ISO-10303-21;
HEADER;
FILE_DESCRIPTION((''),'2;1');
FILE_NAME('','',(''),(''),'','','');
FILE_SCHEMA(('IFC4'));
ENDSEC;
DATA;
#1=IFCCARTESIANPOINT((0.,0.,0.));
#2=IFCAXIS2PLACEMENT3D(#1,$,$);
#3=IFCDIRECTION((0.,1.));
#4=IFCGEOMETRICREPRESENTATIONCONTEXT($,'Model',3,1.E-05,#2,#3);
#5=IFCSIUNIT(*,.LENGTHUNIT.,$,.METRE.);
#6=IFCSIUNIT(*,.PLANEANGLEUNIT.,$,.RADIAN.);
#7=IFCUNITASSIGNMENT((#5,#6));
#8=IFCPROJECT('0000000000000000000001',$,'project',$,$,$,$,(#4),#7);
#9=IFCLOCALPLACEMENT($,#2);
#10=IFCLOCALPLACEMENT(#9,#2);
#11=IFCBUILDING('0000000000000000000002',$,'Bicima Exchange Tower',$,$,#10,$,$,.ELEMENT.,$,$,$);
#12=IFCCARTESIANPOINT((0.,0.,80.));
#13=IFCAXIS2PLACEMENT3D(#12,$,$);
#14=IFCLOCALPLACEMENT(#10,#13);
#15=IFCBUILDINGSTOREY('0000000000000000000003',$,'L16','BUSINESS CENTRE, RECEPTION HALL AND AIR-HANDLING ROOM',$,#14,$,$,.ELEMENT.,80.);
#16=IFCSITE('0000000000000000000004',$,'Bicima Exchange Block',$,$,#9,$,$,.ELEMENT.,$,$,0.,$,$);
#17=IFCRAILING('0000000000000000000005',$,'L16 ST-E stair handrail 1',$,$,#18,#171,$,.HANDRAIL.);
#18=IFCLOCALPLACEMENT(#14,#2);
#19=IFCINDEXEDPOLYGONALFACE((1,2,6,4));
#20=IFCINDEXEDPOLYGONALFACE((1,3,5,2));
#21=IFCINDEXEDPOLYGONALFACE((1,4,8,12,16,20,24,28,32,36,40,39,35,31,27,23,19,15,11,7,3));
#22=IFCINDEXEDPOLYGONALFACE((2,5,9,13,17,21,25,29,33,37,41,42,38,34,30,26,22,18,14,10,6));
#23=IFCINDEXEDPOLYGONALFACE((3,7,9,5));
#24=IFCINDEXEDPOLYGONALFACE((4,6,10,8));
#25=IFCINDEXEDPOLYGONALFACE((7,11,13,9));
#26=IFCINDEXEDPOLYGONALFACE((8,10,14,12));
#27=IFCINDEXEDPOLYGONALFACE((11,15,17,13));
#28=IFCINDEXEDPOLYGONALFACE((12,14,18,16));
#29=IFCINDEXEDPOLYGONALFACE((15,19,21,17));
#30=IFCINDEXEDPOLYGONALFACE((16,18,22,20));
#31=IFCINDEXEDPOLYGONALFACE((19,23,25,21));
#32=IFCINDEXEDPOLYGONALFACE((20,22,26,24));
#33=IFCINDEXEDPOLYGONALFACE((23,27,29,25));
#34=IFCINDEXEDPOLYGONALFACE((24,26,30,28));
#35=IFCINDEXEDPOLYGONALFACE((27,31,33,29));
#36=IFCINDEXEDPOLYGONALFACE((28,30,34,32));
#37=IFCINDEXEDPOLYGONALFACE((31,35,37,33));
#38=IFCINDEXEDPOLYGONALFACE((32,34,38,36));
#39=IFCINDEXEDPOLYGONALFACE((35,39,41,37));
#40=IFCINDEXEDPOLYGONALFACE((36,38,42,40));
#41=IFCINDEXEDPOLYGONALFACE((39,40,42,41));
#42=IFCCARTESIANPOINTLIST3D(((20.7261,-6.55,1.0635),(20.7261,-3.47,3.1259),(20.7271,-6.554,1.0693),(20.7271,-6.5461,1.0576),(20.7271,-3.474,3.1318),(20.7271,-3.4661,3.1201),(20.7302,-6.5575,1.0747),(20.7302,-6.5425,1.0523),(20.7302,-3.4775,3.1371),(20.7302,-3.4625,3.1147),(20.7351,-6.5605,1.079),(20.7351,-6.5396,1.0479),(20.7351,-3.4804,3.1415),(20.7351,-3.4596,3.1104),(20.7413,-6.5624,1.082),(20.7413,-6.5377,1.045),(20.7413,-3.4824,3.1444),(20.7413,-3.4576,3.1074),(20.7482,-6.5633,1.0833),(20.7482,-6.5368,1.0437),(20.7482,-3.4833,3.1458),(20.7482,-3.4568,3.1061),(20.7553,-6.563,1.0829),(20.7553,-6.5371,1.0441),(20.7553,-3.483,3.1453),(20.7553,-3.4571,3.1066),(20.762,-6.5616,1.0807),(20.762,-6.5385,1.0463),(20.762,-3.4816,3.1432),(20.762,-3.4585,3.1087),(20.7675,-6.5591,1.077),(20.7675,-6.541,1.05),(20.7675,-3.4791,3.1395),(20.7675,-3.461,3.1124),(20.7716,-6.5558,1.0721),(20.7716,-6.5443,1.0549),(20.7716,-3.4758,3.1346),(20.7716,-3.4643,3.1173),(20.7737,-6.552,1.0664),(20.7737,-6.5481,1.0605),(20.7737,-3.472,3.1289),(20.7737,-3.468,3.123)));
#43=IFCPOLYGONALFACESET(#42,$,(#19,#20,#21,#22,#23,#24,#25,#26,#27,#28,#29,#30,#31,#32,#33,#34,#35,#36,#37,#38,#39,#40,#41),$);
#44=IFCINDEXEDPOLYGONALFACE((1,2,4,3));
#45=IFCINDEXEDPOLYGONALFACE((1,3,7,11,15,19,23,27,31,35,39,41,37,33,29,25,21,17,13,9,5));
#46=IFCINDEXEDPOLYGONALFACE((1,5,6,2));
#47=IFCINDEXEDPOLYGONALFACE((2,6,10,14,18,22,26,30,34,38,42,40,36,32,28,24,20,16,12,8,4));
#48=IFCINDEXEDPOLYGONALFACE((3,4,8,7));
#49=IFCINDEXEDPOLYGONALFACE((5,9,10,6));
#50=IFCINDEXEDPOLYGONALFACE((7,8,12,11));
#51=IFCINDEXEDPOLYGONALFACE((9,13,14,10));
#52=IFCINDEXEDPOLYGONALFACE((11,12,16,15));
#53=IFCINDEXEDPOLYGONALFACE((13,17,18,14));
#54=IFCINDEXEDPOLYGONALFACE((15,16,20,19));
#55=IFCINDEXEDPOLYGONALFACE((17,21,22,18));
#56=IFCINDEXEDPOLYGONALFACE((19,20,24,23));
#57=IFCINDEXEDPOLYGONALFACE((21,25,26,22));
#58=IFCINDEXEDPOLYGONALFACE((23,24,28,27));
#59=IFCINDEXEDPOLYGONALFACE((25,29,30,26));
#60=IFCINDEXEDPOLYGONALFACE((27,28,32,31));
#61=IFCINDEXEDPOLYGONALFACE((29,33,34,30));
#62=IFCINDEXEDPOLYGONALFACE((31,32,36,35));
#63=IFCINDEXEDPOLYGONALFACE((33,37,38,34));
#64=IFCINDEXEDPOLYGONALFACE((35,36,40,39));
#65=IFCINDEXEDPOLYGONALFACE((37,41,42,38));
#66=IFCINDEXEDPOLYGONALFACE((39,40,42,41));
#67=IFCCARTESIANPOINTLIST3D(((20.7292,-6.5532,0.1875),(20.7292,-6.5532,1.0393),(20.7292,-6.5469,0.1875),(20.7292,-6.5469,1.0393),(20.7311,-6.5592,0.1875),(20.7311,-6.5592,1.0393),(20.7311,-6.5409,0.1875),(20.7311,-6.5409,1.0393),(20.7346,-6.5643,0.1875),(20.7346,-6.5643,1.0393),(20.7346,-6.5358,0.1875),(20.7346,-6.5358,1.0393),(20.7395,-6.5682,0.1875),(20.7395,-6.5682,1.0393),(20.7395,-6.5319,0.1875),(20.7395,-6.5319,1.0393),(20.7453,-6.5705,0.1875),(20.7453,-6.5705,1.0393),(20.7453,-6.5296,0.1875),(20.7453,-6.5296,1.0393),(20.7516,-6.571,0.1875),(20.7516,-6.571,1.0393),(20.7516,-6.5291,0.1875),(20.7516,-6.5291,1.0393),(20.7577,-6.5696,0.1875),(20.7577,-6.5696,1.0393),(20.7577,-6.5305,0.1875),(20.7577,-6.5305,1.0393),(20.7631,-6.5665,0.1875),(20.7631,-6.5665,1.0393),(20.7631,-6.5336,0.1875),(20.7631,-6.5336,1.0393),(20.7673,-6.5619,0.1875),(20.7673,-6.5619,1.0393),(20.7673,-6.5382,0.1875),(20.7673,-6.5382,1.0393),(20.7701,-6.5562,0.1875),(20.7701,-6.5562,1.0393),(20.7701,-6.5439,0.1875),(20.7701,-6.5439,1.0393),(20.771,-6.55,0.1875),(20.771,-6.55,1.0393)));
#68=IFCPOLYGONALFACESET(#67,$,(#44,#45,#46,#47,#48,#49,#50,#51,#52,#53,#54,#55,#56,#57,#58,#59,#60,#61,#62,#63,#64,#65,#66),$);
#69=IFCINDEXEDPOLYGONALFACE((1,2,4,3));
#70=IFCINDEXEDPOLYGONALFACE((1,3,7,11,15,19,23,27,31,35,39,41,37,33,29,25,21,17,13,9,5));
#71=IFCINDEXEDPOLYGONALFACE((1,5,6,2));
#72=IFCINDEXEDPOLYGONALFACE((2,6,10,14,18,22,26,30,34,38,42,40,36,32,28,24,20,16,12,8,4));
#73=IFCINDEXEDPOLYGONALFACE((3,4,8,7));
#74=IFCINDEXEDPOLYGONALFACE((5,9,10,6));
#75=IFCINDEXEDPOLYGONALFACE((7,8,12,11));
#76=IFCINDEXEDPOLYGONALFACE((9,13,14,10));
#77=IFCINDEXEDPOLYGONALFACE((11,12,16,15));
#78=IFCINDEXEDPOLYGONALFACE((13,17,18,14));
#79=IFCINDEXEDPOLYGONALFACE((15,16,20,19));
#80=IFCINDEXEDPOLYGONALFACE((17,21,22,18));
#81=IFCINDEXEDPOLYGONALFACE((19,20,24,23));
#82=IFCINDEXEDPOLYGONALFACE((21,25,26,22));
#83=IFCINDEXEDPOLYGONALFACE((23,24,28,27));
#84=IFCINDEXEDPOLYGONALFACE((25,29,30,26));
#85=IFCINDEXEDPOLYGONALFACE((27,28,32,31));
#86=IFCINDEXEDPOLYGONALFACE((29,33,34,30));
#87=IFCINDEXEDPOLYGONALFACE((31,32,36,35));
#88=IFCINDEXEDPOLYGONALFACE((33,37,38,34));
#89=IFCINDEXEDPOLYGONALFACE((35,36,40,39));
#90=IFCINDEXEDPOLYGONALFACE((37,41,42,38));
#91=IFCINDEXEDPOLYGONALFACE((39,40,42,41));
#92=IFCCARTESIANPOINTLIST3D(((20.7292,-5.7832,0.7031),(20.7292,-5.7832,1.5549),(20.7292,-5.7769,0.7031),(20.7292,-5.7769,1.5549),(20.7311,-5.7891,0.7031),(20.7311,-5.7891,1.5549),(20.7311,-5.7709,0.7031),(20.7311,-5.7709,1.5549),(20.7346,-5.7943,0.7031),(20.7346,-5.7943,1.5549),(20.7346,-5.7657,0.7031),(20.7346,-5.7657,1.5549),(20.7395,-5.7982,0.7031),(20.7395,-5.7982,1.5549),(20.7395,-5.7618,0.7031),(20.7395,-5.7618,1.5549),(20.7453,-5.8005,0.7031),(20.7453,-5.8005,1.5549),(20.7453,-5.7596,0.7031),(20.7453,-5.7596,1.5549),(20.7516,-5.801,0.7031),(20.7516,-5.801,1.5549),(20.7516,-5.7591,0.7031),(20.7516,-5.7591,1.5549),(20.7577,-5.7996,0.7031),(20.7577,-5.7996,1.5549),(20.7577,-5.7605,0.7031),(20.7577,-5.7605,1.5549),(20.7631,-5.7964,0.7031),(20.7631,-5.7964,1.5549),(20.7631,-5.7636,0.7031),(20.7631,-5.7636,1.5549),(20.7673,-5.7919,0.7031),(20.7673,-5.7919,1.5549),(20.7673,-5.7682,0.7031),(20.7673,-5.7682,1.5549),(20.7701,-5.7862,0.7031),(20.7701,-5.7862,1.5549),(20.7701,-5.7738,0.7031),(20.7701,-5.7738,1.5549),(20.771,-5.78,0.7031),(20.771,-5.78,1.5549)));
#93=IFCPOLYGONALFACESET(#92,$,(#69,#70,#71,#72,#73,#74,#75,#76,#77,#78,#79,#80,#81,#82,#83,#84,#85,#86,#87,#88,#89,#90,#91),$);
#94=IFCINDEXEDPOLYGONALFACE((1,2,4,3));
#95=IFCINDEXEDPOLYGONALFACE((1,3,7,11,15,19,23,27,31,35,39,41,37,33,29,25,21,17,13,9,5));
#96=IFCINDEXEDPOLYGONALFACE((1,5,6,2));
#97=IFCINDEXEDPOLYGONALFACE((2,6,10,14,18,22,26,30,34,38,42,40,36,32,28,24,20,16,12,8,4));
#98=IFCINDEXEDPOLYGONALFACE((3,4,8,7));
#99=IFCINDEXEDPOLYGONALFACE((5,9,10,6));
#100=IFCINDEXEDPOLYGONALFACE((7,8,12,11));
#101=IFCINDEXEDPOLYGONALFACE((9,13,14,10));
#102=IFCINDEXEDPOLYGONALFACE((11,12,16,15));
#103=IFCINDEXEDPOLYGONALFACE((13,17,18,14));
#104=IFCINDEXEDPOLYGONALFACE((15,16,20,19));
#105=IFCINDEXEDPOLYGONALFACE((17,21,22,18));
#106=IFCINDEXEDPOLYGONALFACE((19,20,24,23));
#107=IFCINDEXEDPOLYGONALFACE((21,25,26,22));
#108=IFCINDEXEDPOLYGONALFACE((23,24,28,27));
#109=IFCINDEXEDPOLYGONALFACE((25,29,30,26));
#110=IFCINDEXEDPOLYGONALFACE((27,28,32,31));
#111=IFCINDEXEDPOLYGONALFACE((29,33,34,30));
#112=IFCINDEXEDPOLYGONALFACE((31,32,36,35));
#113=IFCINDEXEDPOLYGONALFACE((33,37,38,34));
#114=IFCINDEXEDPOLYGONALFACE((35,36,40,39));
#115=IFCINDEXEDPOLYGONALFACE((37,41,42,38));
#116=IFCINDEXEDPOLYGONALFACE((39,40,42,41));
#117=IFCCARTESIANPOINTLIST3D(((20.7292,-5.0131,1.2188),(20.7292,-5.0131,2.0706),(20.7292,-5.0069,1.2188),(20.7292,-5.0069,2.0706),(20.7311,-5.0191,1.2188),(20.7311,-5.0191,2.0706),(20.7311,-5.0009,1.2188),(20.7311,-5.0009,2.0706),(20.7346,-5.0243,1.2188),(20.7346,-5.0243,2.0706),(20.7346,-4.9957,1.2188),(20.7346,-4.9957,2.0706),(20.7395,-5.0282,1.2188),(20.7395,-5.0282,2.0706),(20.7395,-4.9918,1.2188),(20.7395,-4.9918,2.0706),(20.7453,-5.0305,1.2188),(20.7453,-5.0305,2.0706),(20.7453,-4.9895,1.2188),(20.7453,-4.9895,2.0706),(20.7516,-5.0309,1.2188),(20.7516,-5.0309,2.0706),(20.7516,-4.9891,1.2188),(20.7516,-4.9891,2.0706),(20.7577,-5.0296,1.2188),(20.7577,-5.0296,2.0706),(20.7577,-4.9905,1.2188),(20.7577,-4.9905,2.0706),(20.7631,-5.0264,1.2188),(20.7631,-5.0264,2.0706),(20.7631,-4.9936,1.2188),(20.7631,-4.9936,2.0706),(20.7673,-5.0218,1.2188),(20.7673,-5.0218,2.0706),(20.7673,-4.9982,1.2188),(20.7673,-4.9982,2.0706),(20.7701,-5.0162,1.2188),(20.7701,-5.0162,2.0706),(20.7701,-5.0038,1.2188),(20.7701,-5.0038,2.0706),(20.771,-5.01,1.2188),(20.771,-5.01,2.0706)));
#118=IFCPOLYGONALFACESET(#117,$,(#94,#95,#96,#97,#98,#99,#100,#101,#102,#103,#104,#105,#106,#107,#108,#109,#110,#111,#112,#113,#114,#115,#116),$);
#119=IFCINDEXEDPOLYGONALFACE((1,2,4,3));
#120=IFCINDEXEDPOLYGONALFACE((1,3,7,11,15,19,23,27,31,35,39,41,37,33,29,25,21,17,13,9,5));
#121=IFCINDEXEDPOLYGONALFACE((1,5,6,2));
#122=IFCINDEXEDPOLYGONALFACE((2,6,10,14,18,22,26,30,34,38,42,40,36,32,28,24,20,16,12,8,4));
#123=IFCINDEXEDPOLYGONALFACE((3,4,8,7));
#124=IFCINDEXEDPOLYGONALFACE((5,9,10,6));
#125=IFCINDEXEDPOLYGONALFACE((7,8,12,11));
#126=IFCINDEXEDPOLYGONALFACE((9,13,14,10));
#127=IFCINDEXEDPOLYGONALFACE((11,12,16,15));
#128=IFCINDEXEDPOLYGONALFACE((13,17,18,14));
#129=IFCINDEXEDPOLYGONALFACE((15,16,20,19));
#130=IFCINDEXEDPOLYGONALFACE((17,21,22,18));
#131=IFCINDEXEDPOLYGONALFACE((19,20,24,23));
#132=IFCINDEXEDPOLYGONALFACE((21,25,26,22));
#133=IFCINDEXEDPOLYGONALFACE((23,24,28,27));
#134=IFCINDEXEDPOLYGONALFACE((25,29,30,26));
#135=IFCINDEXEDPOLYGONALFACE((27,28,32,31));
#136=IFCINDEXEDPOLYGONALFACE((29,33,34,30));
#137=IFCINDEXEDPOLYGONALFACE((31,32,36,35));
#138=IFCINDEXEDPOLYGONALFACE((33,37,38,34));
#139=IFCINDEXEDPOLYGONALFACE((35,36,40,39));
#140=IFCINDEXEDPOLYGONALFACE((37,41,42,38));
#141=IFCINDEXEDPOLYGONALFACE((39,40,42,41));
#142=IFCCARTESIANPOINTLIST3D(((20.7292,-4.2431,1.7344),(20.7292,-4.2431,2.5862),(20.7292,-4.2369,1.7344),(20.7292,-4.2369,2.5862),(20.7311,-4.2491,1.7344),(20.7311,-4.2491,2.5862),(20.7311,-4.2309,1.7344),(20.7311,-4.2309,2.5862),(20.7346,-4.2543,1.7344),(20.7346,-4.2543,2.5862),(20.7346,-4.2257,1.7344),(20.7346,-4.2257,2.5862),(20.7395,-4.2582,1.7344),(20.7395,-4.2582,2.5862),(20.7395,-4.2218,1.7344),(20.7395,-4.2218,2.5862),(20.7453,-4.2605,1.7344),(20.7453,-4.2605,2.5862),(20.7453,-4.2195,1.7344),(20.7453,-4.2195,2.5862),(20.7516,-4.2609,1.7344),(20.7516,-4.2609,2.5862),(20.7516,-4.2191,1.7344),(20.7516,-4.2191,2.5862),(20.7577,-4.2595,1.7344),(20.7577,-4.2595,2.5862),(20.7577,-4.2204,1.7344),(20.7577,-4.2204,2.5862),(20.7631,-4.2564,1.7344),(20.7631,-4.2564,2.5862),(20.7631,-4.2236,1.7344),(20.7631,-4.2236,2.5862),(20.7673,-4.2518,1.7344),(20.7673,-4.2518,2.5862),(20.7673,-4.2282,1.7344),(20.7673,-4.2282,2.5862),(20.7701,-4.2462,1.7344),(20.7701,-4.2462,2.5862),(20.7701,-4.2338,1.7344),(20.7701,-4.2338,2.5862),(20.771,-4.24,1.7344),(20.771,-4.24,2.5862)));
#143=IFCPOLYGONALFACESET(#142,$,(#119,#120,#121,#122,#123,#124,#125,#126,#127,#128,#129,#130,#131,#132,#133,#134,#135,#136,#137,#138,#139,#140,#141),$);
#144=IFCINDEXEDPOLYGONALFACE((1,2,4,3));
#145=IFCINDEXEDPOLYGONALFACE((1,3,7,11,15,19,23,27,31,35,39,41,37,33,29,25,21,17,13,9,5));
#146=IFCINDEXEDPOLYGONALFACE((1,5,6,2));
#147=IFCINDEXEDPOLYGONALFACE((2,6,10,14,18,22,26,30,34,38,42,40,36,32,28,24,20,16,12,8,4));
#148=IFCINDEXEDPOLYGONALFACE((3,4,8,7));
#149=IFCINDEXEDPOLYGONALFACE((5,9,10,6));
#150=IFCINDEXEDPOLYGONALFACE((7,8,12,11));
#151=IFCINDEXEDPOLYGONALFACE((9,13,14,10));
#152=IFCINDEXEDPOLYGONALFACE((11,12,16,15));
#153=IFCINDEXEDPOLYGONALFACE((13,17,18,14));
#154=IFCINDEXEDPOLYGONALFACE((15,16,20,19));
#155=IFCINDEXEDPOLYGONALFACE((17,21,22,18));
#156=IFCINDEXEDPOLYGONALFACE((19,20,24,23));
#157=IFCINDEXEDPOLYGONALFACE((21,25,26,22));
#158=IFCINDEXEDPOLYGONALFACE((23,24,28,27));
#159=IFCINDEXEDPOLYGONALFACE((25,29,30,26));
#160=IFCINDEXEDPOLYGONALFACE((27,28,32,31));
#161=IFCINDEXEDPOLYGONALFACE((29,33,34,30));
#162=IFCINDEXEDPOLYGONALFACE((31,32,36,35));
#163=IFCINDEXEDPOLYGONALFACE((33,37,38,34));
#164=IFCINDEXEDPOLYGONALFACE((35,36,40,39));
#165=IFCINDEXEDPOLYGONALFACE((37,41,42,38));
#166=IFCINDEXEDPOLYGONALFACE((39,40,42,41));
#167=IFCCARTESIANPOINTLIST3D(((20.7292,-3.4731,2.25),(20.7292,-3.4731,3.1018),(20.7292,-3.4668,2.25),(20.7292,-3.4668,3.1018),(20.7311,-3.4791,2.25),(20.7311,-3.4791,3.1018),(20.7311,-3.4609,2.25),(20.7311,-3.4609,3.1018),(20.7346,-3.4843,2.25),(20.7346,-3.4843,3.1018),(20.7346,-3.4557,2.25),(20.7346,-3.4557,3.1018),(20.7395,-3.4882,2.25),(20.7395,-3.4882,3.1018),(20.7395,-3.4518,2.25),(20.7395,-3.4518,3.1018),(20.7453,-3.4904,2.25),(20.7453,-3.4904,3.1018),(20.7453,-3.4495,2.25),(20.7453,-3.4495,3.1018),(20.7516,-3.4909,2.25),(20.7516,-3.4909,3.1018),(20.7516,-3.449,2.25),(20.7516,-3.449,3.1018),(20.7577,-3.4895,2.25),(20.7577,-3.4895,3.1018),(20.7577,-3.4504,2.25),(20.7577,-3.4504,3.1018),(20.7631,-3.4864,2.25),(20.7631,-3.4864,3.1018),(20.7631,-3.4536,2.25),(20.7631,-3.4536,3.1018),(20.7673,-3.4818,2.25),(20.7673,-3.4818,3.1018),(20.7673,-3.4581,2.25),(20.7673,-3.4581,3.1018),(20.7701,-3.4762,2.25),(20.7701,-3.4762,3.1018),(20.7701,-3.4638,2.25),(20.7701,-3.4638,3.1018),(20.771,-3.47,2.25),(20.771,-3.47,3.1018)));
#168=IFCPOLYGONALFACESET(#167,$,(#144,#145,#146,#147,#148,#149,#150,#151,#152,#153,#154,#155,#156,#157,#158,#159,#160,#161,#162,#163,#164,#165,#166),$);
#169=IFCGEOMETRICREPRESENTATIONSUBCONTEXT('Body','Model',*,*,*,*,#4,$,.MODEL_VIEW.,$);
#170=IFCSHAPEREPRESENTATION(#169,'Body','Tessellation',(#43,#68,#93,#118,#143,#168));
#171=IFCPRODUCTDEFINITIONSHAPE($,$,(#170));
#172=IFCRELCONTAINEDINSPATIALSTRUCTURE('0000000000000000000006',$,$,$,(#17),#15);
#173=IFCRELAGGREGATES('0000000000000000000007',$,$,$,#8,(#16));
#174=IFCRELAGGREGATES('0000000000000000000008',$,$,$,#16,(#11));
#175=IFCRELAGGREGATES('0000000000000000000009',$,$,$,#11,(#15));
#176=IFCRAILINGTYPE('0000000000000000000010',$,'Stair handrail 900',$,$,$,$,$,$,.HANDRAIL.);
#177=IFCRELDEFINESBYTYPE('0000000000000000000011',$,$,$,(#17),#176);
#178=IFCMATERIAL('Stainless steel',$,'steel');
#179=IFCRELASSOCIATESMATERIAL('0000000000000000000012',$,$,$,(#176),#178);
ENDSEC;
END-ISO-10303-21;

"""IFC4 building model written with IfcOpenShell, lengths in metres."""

from ifc_helpers import new_model, si_unit, direction, frame, origin, origin_2d, place, context, subcontext, project, spatial, circle, extrude, material, type_object, element, save


model = new_model("IFC4")

# Units and contexts
model_context = context("Model", 3, precision=1e-05, world=origin(), true_north=direction((0.0, 1.0)))
body_context = subcontext(model_context, "Body", "Model", "MODEL_VIEW")
ifc_project = project(units=[si_unit("LENGTHUNIT", "METRE"), si_unit("PLANEANGLEUNIT", "RADIAN")], contexts=[model_context])

# Site, building, storey
site_placement = place(None, origin())
site = spatial("IfcSite", under=ifc_project, at=site_placement, Name="Bicima Exchange Block", CompositionType="ELEMENT", RefElevation=0.0)
building_placement = place(site_placement, origin())
building = spatial("IfcBuilding", under=site, at=building_placement, Name="Bicima Exchange Tower", CompositionType="ELEMENT")
storey_placement = place(building_placement, frame((0.0, 0.0, 80.0)))
storey = spatial("IfcBuildingStorey", under=building, at=storey_placement, Name="L16", Description="BUSINESS CENTRE, RECEPTION HALL AND AIR-HANDLING ROOM", CompositionType="ELEMENT", Elevation=80.0)

# Railing
ifc_material_1 = material(Name="Stainless steel", Category="steel")
railing_type_1 = type_object("IfcRailingType", Name="Stair handrail 900", PredefinedType="HANDRAIL", material=ifc_material_1)
railing_1_placement = place(storey_placement, frame((20.75, -6.55, 0.1875)))
element("IfcRailing", 1, at=railing_1_placement, inside=storey, type_object=railing_type_1, Name="L16 ST-E stair handrail 1", PredefinedType="HANDRAIL", context=body_context, shape_type="SweptSolid", body=[
    extrude(circle(Radius=0.0239, at=origin_2d()), frame((0.0, 0.0, 0.876), z_axis=(0.0, 0.830914, 0.556401), x_axis=(-1.0, 0.0, 0.0)), (0.0, 0.0, 1.0), 3.7068),
    extrude(circle(Radius=0.021, at=origin_2d()), origin(), (0.0, 0.0, 1.0), 0.8518),
    extrude(circle(Radius=0.021, at=origin_2d()), frame((0.0, 0.77, 0.5156)), (0.0, 0.0, 1.0), 0.8518),
    extrude(circle(Radius=0.021, at=origin_2d()), frame((0.0, 1.54, 1.0312)), (0.0, 0.0, 1.0), 0.8518),
    extrude(circle(Radius=0.021, at=origin_2d()), frame((0.0, 2.3101, 1.5469)), (0.0, 0.0, 1.0), 0.8518),
    extrude(circle(Radius=0.021, at=origin_2d()), frame((0.0, 3.0801, 2.0625)), (0.0, 0.0, 1.0), 0.8518),
])

save(model, "model.ifc")
